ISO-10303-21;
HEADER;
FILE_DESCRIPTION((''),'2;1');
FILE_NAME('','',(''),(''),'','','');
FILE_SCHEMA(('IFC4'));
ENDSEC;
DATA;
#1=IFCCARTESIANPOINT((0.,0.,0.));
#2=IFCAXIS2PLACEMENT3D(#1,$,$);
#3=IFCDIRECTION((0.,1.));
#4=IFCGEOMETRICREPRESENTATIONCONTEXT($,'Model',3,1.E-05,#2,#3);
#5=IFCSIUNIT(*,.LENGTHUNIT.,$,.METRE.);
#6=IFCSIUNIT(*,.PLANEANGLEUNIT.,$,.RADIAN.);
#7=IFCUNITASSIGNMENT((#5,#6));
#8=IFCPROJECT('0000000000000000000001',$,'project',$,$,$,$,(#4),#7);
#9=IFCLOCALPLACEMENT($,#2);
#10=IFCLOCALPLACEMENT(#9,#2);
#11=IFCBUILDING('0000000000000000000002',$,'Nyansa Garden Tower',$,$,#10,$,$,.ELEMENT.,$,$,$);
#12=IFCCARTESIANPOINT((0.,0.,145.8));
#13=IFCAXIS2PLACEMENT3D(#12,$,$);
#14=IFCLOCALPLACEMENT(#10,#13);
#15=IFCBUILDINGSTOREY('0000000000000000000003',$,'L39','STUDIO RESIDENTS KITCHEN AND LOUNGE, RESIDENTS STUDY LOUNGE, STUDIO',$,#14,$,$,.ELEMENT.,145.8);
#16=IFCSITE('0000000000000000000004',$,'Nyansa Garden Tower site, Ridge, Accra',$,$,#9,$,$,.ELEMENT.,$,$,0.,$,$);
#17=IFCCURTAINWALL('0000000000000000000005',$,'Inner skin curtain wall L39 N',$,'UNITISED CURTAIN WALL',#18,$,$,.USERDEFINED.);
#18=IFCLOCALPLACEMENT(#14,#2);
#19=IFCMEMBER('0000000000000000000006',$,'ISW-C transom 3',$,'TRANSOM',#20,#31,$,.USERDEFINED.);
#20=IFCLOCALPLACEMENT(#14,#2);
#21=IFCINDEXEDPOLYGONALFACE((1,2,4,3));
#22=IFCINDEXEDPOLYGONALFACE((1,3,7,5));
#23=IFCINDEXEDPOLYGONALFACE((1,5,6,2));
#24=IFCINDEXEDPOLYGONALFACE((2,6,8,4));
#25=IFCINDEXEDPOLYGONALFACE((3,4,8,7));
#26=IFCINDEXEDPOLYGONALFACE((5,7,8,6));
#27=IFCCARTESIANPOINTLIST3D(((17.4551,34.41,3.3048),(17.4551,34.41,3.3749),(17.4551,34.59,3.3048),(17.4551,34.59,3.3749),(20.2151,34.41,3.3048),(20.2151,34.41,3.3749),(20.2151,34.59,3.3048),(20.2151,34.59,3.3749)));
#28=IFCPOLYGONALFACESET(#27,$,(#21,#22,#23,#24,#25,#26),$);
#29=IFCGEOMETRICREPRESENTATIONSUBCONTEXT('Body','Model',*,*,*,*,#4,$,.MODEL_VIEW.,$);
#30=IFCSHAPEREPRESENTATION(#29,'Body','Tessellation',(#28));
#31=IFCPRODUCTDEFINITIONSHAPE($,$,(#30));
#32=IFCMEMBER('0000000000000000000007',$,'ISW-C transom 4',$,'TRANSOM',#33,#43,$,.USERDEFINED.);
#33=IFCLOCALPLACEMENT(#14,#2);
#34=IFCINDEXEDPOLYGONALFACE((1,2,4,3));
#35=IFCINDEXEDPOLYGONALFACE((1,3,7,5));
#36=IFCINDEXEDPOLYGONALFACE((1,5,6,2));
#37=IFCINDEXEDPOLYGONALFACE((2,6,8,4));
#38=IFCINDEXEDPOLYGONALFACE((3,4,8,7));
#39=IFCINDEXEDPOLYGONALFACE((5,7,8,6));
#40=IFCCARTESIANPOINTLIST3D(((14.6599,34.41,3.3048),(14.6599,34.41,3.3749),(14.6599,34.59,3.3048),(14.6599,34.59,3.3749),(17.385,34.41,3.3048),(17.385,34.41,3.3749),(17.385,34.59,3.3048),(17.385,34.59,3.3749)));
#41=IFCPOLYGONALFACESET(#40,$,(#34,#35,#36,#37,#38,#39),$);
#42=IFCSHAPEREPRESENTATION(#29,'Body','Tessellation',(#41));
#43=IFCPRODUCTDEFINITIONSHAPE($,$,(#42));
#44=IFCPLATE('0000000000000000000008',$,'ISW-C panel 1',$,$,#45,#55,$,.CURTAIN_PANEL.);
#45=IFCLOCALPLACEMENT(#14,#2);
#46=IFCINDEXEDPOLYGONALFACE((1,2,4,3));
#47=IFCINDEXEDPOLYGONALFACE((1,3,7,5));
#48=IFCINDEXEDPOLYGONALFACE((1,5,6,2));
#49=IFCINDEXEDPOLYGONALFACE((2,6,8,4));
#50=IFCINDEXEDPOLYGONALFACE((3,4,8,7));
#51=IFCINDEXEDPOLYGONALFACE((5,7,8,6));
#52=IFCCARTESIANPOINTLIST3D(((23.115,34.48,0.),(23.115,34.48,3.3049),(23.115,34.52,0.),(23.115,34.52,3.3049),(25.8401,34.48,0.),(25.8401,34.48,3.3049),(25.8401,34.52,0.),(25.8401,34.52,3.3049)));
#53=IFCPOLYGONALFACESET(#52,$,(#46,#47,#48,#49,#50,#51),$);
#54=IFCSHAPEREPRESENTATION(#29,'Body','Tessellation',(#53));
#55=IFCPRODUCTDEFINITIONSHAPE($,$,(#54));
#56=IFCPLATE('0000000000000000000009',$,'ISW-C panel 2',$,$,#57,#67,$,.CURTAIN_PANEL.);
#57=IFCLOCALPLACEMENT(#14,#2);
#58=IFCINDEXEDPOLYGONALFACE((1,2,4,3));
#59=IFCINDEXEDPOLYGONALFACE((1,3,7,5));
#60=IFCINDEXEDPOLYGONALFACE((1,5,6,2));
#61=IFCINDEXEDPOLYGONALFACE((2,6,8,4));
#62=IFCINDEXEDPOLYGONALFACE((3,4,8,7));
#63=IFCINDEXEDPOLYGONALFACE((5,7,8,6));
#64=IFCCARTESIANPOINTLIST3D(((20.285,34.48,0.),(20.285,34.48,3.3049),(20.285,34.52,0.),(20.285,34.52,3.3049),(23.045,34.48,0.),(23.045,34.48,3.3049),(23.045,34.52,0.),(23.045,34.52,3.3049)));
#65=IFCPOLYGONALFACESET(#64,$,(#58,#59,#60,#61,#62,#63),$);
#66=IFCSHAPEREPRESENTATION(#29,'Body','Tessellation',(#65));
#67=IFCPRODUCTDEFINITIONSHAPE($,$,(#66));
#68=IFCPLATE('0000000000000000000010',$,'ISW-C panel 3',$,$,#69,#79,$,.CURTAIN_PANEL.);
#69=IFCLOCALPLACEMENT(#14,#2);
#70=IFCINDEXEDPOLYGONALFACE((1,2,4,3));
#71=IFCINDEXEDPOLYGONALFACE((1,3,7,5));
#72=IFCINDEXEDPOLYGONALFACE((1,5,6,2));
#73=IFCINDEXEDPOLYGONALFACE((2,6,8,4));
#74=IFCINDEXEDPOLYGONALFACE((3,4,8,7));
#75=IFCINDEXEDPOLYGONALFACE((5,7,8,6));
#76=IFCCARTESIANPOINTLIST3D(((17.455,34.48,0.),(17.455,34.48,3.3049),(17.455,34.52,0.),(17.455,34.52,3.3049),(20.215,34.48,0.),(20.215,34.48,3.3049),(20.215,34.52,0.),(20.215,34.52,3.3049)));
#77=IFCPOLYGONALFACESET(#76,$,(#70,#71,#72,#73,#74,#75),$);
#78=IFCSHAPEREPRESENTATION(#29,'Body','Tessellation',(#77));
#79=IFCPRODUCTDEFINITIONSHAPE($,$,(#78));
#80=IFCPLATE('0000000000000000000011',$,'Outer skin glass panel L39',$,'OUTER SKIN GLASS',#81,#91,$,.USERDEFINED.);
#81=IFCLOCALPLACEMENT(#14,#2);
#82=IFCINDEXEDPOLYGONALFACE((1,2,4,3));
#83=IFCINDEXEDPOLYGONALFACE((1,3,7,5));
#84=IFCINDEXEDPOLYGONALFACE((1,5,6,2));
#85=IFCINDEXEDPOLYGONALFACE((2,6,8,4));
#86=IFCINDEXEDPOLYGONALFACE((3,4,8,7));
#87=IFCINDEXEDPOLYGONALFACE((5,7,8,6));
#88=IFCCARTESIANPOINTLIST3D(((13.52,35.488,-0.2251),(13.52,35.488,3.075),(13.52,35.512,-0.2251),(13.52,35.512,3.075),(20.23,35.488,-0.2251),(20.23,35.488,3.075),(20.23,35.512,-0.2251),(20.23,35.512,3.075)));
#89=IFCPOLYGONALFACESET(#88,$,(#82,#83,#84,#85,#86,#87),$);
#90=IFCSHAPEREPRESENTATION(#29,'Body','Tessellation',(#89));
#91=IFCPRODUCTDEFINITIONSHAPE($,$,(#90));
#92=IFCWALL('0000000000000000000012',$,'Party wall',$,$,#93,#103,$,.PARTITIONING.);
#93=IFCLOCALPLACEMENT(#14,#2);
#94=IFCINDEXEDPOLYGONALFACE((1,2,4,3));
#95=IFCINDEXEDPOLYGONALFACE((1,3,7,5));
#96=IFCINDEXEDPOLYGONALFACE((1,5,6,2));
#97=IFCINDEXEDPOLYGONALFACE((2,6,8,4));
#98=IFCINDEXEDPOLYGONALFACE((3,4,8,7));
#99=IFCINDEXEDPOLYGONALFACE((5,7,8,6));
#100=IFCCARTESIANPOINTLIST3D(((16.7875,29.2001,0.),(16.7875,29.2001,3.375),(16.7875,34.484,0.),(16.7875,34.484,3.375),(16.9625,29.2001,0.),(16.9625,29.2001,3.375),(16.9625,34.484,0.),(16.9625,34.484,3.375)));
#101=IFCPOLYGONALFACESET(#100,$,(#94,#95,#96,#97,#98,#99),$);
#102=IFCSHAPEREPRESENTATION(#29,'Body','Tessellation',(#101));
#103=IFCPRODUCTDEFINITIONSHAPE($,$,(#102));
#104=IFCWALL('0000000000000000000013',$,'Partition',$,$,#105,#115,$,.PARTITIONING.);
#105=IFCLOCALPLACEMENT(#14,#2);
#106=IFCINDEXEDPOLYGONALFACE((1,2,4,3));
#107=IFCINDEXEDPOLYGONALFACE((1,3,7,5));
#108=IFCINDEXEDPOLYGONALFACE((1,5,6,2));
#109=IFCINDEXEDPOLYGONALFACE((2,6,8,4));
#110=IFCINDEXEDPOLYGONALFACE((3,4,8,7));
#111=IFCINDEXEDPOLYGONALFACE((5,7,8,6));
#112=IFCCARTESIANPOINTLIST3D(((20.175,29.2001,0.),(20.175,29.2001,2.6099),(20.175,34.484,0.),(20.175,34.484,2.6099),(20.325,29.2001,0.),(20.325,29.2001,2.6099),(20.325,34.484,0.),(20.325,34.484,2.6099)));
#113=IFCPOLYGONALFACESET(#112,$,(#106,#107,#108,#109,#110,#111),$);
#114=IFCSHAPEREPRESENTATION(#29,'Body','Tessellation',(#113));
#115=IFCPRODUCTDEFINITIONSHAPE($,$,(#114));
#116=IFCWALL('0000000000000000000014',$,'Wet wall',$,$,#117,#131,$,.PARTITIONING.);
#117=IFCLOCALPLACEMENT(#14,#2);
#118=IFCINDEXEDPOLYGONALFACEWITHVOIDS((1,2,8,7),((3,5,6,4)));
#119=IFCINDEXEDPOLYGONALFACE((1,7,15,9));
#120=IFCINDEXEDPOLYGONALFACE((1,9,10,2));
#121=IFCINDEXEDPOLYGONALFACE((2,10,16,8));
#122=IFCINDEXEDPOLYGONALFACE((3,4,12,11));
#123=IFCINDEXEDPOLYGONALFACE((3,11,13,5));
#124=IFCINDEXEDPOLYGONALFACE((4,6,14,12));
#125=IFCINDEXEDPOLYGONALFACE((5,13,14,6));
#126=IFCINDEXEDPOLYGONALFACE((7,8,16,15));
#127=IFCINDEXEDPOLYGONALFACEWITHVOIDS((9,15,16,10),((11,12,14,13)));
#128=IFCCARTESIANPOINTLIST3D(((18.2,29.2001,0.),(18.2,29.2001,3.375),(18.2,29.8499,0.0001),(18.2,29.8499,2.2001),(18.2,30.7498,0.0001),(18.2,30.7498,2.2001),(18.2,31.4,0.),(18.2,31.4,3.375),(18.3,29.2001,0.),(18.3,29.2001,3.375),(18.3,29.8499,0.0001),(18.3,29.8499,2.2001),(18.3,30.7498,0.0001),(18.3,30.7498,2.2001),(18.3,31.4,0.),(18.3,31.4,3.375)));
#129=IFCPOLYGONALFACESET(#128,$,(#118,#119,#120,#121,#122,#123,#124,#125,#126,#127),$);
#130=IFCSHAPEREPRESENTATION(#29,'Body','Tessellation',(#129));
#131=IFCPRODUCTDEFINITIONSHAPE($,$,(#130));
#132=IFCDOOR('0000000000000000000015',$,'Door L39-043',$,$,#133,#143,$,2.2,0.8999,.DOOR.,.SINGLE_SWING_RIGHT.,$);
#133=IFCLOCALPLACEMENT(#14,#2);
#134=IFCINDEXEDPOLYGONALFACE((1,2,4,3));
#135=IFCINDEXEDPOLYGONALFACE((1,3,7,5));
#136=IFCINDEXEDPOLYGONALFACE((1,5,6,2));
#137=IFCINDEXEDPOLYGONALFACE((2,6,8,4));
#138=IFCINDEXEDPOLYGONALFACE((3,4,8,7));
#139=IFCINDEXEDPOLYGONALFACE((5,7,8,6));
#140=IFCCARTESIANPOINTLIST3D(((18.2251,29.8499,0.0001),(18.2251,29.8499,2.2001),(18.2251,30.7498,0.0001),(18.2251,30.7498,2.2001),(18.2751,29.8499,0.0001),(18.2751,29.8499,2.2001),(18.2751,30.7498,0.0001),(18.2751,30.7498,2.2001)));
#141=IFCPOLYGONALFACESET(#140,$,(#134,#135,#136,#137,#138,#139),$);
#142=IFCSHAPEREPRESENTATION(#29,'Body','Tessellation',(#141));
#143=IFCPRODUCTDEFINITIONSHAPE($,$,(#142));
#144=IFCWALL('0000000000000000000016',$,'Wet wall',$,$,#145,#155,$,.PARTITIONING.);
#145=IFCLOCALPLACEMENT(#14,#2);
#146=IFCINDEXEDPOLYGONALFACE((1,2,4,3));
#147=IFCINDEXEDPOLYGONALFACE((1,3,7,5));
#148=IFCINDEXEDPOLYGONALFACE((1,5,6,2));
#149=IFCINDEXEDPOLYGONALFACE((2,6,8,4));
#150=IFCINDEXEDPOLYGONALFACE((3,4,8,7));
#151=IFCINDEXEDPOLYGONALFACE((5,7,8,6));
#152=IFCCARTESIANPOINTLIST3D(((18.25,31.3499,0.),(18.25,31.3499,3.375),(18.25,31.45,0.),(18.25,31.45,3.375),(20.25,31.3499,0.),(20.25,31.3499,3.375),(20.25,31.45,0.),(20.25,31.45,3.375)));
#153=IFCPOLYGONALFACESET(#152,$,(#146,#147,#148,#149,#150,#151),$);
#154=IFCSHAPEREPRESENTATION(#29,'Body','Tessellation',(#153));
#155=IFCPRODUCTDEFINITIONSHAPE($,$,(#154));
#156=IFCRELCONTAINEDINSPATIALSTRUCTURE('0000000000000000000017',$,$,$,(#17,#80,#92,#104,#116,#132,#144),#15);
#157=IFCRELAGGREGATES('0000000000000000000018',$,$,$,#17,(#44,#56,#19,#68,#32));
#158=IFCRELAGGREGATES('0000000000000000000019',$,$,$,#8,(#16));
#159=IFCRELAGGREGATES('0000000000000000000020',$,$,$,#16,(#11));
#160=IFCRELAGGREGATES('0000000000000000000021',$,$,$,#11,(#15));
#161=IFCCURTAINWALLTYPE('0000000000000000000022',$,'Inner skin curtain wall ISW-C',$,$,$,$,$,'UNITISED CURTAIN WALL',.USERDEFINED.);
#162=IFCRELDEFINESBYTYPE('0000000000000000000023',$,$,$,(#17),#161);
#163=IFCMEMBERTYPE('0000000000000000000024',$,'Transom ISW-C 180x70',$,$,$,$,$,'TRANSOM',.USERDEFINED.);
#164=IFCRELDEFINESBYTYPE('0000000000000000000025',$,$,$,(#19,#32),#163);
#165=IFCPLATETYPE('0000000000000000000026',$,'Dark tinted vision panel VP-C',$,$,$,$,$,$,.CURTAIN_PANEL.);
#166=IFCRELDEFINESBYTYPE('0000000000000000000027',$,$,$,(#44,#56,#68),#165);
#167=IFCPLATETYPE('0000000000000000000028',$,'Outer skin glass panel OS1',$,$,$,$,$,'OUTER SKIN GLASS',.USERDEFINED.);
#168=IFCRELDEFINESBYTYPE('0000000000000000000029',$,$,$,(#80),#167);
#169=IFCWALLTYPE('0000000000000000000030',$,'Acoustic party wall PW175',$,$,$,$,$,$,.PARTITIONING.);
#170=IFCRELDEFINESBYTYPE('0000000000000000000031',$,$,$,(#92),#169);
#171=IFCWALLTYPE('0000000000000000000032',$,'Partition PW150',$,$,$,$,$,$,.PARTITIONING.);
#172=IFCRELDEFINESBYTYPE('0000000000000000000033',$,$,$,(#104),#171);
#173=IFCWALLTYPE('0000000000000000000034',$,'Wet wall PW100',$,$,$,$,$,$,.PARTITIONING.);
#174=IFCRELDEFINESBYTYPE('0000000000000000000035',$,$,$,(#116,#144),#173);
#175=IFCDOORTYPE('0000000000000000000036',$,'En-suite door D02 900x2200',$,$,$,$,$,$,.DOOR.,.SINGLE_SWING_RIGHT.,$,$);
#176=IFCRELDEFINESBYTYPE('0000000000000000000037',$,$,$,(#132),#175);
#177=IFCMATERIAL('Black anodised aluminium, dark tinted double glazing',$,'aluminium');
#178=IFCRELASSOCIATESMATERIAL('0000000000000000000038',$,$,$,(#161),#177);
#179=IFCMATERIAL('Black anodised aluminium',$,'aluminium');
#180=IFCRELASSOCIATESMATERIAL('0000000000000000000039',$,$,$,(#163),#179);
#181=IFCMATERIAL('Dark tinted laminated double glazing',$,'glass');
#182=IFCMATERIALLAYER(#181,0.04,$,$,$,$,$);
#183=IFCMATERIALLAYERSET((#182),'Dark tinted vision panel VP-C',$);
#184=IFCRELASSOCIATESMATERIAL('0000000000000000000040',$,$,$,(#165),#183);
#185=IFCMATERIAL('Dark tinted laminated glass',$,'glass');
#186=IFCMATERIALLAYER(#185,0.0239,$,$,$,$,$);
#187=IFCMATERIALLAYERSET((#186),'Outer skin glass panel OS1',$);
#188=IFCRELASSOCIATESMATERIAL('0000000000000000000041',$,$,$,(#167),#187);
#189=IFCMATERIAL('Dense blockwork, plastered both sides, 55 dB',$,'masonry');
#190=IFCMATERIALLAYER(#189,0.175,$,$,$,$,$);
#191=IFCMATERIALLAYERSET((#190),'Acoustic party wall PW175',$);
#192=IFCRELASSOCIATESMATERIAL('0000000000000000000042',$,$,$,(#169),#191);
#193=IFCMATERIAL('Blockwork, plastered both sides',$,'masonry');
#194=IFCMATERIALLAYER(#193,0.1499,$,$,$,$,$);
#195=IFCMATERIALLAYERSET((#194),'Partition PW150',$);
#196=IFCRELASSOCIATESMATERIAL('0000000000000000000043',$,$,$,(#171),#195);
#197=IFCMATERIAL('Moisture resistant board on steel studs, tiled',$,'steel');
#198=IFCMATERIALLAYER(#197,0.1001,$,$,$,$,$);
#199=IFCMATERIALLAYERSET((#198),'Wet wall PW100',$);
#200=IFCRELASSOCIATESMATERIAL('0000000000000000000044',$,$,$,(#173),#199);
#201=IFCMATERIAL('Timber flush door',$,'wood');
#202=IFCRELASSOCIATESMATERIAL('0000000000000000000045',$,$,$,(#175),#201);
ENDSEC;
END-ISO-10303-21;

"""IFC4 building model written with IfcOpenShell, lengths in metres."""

from ifc_helpers import new_model, si_unit, direction, frame, frame_2d, origin, origin_2d, place, context, subcontext, project, spatial, rectangle, extrude, material, layer, layer_set, material_profile, profile_set, type_object, element, fill, aggregate, save


model = new_model("IFC4")

# Units and contexts
model_context = context("Model", 3, precision=1e-05, world=origin(), true_north=direction((0.0, 1.0)))
body_context = subcontext(model_context, "Body", "Model", "MODEL_VIEW")
ifc_project = project(units=[si_unit("LENGTHUNIT", "METRE"), si_unit("PLANEANGLEUNIT", "RADIAN")], contexts=[model_context])

# Site, building, storey
site_placement = place(None, origin())
site = spatial("IfcSite", under=ifc_project, at=site_placement, Name="Nyansa Garden Tower site, Ridge, Accra", CompositionType="ELEMENT", RefElevation=0.0)
building_placement = place(site_placement, origin())
building = spatial("IfcBuilding", under=site, at=building_placement, Name="Nyansa Garden Tower", CompositionType="ELEMENT")
storey_placement = place(building_placement, frame((0.0, 0.0, 145.8)))
storey = spatial("IfcBuildingStorey", under=building, at=storey_placement, Name="L39", Description="STUDIO RESIDENTS KITCHEN AND LOUNGE, RESIDENTS STUDY LOUNGE, STUDIO", CompositionType="ELEMENT", Elevation=145.8)

# Curtain wall
ifc_material_1 = material(Name="Black anodised aluminium, dark tinted double glazing", Category="aluminium")
curtain_wall_type = type_object("IfcCurtainWallType", Name="Inner skin curtain wall ISW-C", ElementType="UNITISED CURTAIN WALL", PredefinedType="USERDEFINED", material=ifc_material_1)
curtain_wall_placement = place(storey_placement, origin())
curtain_wall = element("IfcCurtainWall", 1, at=curtain_wall_placement, inside=storey, type_object=curtain_wall_type, Name="Inner skin curtain wall L39 N", ObjectType="UNITISED CURTAIN WALL", PredefinedType="USERDEFINED")

# Members
ifc_material_2 = material(Name="Black anodised aluminium", Category="aluminium")
ifc_material_profile_1 = material_profile(ifc_material_2, rectangle(XDim=0.1799, YDim=0.0701, at=origin_2d()), Name="Transom 180x70")
ifc_profile_set_1 = profile_set([ifc_material_profile_1], Name="Black anodised aluminium")
member_type_1 = type_object("IfcMemberType", Name="Transom ISW-C 180x70", ElementType="TRANSOM", PredefinedType="USERDEFINED", material=ifc_profile_set_1)
member_1_placement = place(storey_placement, frame((20.2151, 34.5, 3.3398), z_axis=(-1.0, 0.0, 0.0), x_axis=(0.0, -1.0, 0.0)))
member_1 = element("IfcMember", 2, at=member_1_placement, type_object=member_type_1, Name="ISW-C transom 3", ObjectType="TRANSOM", PredefinedType="USERDEFINED", context=body_context, shape_type="SweptSolid", body=[
    extrude(rectangle(XDim=0.1799, YDim=0.0701, at=origin_2d()), origin(), (0.0, 0.0, 1.0), 2.76),
])
member_2_placement = place(storey_placement, frame((17.385, 34.5, 3.3398), z_axis=(-1.0, 0.0, 0.0), x_axis=(0.0, -1.0, 0.0)))
member_2 = element("IfcMember", 3, at=member_2_placement, type_object=member_type_1, Name="ISW-C transom 4", ObjectType="TRANSOM", PredefinedType="USERDEFINED", context=body_context, shape_type="SweptSolid", body=[
    extrude(rectangle(XDim=0.1799, YDim=0.0701, at=origin_2d()), origin(), (0.0, 0.0, 1.0), 2.7251),
])

# Plates
ifc_material_3 = material(Name="Dark tinted laminated double glazing", Category="glass")
ifc_layer_1 = layer(ifc_material_3, 0.04)
ifc_layer_set_1 = layer_set([ifc_layer_1], Name="Dark tinted vision panel VP-C")
plate_type_1 = type_object("IfcPlateType", Name="Dark tinted vision panel VP-C", PredefinedType="CURTAIN_PANEL", material=ifc_layer_set_1)
plate_1_placement = place(storey_placement, frame((24.4775, 34.5, 0.0), z_axis=(0.0, 0.0, 1.0), x_axis=(-1.0, 0.0, 0.0)))
plate_1 = element("IfcPlate", 4, at=plate_1_placement, type_object=plate_type_1, Name="ISW-C panel 1", PredefinedType="CURTAIN_PANEL", context=body_context, shape_type="SweptSolid", body=[
    extrude(rectangle(XDim=2.7251, YDim=0.04, at=origin_2d()), origin(), (0.0, 0.0, 1.0), 3.3049),
])
plate_2_placement = place(storey_placement, frame((21.665, 34.5, 0.0), z_axis=(0.0, 0.0, 1.0), x_axis=(-1.0, 0.0, 0.0)))
plate_2 = element("IfcPlate", 5, at=plate_2_placement, type_object=plate_type_1, Name="ISW-C panel 2", PredefinedType="CURTAIN_PANEL", context=body_context, shape_type="SweptSolid", body=[
    extrude(rectangle(XDim=2.76, YDim=0.04, at=origin_2d()), origin(), (0.0, 0.0, 1.0), 3.3049),
])
plate_3_placement = place(storey_placement, frame((18.835, 34.5, 0.0), z_axis=(0.0, 0.0, 1.0), x_axis=(-1.0, 0.0, 0.0)))
plate_3 = element("IfcPlate", 6, at=plate_3_placement, type_object=plate_type_1, Name="ISW-C panel 3", PredefinedType="CURTAIN_PANEL", context=body_context, shape_type="SweptSolid", body=[
    extrude(rectangle(XDim=2.76, YDim=0.04, at=origin_2d()), origin(), (0.0, 0.0, 1.0), 3.3049),
])
aggregate(curtain_wall, [plate_1, plate_2, member_1, plate_3, member_2])
ifc_material_4 = material(Name="Dark tinted laminated glass", Category="glass")
ifc_layer_2 = layer(ifc_material_4, 0.0239)
ifc_layer_set_2 = layer_set([ifc_layer_2], Name="Outer skin glass panel OS1")
plate_type_2 = type_object("IfcPlateType", Name="Outer skin glass panel OS1", ElementType="OUTER SKIN GLASS", PredefinedType="USERDEFINED", material=ifc_layer_set_2)
plate_4_placement = place(storey_placement, frame((16.875, 35.5, -0.2251), z_axis=(0.0, 0.0, 1.0), x_axis=(1.0, 0.0, 0.0)))
element("IfcPlate", 7, at=plate_4_placement, inside=storey, type_object=plate_type_2, Name="Outer skin glass panel L39", ObjectType="OUTER SKIN GLASS", PredefinedType="USERDEFINED", context=body_context, shape_type="SweptSolid", body=[
    extrude(rectangle(XDim=6.71, YDim=0.0239, at=origin_2d()), origin(), (0.0, 0.0, 1.0), 3.3),
])

# Walls
ifc_material_5 = material(Name="Dense blockwork, plastered both sides, 55 dB", Category="masonry")
ifc_layer_3 = layer(ifc_material_5, 0.175)
ifc_layer_set_3 = layer_set([ifc_layer_3], Name="Acoustic party wall PW175")
wall_type_1 = type_object("IfcWallType", Name="Acoustic party wall PW175", PredefinedType="PARTITIONING", material=ifc_layer_set_3)
wall_1_placement = place(storey_placement, frame((16.875, 29.2, 0.0), z_axis=(0.0, 0.0, 1.0), x_axis=(0.0, 1.0, 0.0)))
element("IfcWall", 8, at=wall_1_placement, inside=storey, type_object=wall_type_1, Name="Party wall", PredefinedType="PARTITIONING", context=body_context, shape_type="SweptSolid", body=[
    extrude(rectangle(XDim=5.2839, YDim=0.175, at=frame_2d((2.6421, 0.0))), origin(), (0.0, 0.0, 1.0), 3.375),
])
ifc_material_6 = material(Name="Blockwork, plastered both sides", Category="masonry")
ifc_layer_4 = layer(ifc_material_6, 0.1499)
ifc_layer_set_4 = layer_set([ifc_layer_4], Name="Partition PW150")
wall_type_2 = type_object("IfcWallType", Name="Partition PW150", PredefinedType="PARTITIONING", material=ifc_layer_set_4)
wall_2_placement = place(storey_placement, frame((20.25, 29.2, 0.0), z_axis=(0.0, 0.0, 1.0), x_axis=(0.0, 1.0, 0.0)))
element("IfcWall", 9, at=wall_2_placement, inside=storey, type_object=wall_type_2, Name="Partition", PredefinedType="PARTITIONING", context=body_context, shape_type="SweptSolid", body=[
    extrude(rectangle(XDim=5.2839, YDim=0.1499, at=frame_2d((2.6421, 0.0))), origin(), (0.0, 0.0, 1.0), 2.6099),
])

# Wall, opening, door
ifc_material_7 = material(Name="Moisture resistant board on steel studs, tiled", Category="steel")
ifc_layer_5 = layer(ifc_material_7, 0.1001)
ifc_layer_set_5 = layer_set([ifc_layer_5], Name="Wet wall PW100")
wall_type_3 = type_object("IfcWallType", Name="Wet wall PW100", PredefinedType="PARTITIONING", material=ifc_layer_set_5)
wall_3_placement = place(storey_placement, frame((18.25, 29.2, 0.0), z_axis=(0.0, 0.0, 1.0), x_axis=(0.0, 1.0, 0.0)))
wall_3 = element("IfcWall", 10, at=wall_3_placement, inside=storey, type_object=wall_type_3, Name="Wet wall", PredefinedType="PARTITIONING", context=body_context, shape_type="SweptSolid", body=[
    extrude(rectangle(XDim=2.2, YDim=0.1001, at=frame_2d((1.1001, 0.0))), origin(), (0.0, 0.0, 1.0), 3.375),
])
opening_placement = place(wall_3_placement, frame((0.6499, 0.0, 0.0)))
opening = element("IfcOpeningElement", 11, at=opening_placement, cuts=wall_3, PredefinedType="OPENING", context=body_context, shape_type="SweptSolid", body=[
    extrude(rectangle(XDim=0.8999, YDim=2.2, at=frame_2d((0.45, 1.1001))), frame((0.0, 0.0601, 0.0), z_axis=(0.0, -1.0, 0.0), x_axis=(1.0, 0.0, 0.0)), (0.0, 0.0, 1.0), 0.1201),
])
ifc_material_8 = material(Name="Timber flush door", Category="wood")
door_type = type_object("IfcDoorType", Name="En-suite door D02 900x2200", OperationType="SINGLE_SWING_RIGHT", PredefinedType="DOOR", material=ifc_material_8)
door_placement = place(opening_placement, origin())
door = element("IfcDoor", 12, at=door_placement, inside=storey, type_object=door_type, Name="Door L39-043", OperationType="SINGLE_SWING_RIGHT", OverallHeight=2.2, OverallWidth=0.8999, PredefinedType="DOOR", context=body_context, shape_type="SweptSolid", body=[
    extrude(rectangle(XDim=0.8999, YDim=2.2, at=frame_2d((0.45, 1.1001))), frame((0.0, 0.0249, 0.0), z_axis=(0.0, -1.0, 0.0), x_axis=(1.0, 0.0, 0.0)), (0.0, 0.0, 1.0), 0.05),
])
fill(opening, door)

# Wall
wall_4_placement = place(storey_placement, frame((18.25, 31.3999, 0.0), z_axis=(0.0, 0.0, 1.0), x_axis=(1.0, 0.0, 0.0)))
element("IfcWall", 13, at=wall_4_placement, inside=storey, type_object=wall_type_3, Name="Wet wall", PredefinedType="PARTITIONING", context=body_context, shape_type="SweptSolid", body=[
    extrude(rectangle(XDim=2.0, YDim=0.1001, at=frame_2d((1.0, 0.0))), origin(), (0.0, 0.0, 1.0), 3.375),
])

save(model, "model.ifc")
